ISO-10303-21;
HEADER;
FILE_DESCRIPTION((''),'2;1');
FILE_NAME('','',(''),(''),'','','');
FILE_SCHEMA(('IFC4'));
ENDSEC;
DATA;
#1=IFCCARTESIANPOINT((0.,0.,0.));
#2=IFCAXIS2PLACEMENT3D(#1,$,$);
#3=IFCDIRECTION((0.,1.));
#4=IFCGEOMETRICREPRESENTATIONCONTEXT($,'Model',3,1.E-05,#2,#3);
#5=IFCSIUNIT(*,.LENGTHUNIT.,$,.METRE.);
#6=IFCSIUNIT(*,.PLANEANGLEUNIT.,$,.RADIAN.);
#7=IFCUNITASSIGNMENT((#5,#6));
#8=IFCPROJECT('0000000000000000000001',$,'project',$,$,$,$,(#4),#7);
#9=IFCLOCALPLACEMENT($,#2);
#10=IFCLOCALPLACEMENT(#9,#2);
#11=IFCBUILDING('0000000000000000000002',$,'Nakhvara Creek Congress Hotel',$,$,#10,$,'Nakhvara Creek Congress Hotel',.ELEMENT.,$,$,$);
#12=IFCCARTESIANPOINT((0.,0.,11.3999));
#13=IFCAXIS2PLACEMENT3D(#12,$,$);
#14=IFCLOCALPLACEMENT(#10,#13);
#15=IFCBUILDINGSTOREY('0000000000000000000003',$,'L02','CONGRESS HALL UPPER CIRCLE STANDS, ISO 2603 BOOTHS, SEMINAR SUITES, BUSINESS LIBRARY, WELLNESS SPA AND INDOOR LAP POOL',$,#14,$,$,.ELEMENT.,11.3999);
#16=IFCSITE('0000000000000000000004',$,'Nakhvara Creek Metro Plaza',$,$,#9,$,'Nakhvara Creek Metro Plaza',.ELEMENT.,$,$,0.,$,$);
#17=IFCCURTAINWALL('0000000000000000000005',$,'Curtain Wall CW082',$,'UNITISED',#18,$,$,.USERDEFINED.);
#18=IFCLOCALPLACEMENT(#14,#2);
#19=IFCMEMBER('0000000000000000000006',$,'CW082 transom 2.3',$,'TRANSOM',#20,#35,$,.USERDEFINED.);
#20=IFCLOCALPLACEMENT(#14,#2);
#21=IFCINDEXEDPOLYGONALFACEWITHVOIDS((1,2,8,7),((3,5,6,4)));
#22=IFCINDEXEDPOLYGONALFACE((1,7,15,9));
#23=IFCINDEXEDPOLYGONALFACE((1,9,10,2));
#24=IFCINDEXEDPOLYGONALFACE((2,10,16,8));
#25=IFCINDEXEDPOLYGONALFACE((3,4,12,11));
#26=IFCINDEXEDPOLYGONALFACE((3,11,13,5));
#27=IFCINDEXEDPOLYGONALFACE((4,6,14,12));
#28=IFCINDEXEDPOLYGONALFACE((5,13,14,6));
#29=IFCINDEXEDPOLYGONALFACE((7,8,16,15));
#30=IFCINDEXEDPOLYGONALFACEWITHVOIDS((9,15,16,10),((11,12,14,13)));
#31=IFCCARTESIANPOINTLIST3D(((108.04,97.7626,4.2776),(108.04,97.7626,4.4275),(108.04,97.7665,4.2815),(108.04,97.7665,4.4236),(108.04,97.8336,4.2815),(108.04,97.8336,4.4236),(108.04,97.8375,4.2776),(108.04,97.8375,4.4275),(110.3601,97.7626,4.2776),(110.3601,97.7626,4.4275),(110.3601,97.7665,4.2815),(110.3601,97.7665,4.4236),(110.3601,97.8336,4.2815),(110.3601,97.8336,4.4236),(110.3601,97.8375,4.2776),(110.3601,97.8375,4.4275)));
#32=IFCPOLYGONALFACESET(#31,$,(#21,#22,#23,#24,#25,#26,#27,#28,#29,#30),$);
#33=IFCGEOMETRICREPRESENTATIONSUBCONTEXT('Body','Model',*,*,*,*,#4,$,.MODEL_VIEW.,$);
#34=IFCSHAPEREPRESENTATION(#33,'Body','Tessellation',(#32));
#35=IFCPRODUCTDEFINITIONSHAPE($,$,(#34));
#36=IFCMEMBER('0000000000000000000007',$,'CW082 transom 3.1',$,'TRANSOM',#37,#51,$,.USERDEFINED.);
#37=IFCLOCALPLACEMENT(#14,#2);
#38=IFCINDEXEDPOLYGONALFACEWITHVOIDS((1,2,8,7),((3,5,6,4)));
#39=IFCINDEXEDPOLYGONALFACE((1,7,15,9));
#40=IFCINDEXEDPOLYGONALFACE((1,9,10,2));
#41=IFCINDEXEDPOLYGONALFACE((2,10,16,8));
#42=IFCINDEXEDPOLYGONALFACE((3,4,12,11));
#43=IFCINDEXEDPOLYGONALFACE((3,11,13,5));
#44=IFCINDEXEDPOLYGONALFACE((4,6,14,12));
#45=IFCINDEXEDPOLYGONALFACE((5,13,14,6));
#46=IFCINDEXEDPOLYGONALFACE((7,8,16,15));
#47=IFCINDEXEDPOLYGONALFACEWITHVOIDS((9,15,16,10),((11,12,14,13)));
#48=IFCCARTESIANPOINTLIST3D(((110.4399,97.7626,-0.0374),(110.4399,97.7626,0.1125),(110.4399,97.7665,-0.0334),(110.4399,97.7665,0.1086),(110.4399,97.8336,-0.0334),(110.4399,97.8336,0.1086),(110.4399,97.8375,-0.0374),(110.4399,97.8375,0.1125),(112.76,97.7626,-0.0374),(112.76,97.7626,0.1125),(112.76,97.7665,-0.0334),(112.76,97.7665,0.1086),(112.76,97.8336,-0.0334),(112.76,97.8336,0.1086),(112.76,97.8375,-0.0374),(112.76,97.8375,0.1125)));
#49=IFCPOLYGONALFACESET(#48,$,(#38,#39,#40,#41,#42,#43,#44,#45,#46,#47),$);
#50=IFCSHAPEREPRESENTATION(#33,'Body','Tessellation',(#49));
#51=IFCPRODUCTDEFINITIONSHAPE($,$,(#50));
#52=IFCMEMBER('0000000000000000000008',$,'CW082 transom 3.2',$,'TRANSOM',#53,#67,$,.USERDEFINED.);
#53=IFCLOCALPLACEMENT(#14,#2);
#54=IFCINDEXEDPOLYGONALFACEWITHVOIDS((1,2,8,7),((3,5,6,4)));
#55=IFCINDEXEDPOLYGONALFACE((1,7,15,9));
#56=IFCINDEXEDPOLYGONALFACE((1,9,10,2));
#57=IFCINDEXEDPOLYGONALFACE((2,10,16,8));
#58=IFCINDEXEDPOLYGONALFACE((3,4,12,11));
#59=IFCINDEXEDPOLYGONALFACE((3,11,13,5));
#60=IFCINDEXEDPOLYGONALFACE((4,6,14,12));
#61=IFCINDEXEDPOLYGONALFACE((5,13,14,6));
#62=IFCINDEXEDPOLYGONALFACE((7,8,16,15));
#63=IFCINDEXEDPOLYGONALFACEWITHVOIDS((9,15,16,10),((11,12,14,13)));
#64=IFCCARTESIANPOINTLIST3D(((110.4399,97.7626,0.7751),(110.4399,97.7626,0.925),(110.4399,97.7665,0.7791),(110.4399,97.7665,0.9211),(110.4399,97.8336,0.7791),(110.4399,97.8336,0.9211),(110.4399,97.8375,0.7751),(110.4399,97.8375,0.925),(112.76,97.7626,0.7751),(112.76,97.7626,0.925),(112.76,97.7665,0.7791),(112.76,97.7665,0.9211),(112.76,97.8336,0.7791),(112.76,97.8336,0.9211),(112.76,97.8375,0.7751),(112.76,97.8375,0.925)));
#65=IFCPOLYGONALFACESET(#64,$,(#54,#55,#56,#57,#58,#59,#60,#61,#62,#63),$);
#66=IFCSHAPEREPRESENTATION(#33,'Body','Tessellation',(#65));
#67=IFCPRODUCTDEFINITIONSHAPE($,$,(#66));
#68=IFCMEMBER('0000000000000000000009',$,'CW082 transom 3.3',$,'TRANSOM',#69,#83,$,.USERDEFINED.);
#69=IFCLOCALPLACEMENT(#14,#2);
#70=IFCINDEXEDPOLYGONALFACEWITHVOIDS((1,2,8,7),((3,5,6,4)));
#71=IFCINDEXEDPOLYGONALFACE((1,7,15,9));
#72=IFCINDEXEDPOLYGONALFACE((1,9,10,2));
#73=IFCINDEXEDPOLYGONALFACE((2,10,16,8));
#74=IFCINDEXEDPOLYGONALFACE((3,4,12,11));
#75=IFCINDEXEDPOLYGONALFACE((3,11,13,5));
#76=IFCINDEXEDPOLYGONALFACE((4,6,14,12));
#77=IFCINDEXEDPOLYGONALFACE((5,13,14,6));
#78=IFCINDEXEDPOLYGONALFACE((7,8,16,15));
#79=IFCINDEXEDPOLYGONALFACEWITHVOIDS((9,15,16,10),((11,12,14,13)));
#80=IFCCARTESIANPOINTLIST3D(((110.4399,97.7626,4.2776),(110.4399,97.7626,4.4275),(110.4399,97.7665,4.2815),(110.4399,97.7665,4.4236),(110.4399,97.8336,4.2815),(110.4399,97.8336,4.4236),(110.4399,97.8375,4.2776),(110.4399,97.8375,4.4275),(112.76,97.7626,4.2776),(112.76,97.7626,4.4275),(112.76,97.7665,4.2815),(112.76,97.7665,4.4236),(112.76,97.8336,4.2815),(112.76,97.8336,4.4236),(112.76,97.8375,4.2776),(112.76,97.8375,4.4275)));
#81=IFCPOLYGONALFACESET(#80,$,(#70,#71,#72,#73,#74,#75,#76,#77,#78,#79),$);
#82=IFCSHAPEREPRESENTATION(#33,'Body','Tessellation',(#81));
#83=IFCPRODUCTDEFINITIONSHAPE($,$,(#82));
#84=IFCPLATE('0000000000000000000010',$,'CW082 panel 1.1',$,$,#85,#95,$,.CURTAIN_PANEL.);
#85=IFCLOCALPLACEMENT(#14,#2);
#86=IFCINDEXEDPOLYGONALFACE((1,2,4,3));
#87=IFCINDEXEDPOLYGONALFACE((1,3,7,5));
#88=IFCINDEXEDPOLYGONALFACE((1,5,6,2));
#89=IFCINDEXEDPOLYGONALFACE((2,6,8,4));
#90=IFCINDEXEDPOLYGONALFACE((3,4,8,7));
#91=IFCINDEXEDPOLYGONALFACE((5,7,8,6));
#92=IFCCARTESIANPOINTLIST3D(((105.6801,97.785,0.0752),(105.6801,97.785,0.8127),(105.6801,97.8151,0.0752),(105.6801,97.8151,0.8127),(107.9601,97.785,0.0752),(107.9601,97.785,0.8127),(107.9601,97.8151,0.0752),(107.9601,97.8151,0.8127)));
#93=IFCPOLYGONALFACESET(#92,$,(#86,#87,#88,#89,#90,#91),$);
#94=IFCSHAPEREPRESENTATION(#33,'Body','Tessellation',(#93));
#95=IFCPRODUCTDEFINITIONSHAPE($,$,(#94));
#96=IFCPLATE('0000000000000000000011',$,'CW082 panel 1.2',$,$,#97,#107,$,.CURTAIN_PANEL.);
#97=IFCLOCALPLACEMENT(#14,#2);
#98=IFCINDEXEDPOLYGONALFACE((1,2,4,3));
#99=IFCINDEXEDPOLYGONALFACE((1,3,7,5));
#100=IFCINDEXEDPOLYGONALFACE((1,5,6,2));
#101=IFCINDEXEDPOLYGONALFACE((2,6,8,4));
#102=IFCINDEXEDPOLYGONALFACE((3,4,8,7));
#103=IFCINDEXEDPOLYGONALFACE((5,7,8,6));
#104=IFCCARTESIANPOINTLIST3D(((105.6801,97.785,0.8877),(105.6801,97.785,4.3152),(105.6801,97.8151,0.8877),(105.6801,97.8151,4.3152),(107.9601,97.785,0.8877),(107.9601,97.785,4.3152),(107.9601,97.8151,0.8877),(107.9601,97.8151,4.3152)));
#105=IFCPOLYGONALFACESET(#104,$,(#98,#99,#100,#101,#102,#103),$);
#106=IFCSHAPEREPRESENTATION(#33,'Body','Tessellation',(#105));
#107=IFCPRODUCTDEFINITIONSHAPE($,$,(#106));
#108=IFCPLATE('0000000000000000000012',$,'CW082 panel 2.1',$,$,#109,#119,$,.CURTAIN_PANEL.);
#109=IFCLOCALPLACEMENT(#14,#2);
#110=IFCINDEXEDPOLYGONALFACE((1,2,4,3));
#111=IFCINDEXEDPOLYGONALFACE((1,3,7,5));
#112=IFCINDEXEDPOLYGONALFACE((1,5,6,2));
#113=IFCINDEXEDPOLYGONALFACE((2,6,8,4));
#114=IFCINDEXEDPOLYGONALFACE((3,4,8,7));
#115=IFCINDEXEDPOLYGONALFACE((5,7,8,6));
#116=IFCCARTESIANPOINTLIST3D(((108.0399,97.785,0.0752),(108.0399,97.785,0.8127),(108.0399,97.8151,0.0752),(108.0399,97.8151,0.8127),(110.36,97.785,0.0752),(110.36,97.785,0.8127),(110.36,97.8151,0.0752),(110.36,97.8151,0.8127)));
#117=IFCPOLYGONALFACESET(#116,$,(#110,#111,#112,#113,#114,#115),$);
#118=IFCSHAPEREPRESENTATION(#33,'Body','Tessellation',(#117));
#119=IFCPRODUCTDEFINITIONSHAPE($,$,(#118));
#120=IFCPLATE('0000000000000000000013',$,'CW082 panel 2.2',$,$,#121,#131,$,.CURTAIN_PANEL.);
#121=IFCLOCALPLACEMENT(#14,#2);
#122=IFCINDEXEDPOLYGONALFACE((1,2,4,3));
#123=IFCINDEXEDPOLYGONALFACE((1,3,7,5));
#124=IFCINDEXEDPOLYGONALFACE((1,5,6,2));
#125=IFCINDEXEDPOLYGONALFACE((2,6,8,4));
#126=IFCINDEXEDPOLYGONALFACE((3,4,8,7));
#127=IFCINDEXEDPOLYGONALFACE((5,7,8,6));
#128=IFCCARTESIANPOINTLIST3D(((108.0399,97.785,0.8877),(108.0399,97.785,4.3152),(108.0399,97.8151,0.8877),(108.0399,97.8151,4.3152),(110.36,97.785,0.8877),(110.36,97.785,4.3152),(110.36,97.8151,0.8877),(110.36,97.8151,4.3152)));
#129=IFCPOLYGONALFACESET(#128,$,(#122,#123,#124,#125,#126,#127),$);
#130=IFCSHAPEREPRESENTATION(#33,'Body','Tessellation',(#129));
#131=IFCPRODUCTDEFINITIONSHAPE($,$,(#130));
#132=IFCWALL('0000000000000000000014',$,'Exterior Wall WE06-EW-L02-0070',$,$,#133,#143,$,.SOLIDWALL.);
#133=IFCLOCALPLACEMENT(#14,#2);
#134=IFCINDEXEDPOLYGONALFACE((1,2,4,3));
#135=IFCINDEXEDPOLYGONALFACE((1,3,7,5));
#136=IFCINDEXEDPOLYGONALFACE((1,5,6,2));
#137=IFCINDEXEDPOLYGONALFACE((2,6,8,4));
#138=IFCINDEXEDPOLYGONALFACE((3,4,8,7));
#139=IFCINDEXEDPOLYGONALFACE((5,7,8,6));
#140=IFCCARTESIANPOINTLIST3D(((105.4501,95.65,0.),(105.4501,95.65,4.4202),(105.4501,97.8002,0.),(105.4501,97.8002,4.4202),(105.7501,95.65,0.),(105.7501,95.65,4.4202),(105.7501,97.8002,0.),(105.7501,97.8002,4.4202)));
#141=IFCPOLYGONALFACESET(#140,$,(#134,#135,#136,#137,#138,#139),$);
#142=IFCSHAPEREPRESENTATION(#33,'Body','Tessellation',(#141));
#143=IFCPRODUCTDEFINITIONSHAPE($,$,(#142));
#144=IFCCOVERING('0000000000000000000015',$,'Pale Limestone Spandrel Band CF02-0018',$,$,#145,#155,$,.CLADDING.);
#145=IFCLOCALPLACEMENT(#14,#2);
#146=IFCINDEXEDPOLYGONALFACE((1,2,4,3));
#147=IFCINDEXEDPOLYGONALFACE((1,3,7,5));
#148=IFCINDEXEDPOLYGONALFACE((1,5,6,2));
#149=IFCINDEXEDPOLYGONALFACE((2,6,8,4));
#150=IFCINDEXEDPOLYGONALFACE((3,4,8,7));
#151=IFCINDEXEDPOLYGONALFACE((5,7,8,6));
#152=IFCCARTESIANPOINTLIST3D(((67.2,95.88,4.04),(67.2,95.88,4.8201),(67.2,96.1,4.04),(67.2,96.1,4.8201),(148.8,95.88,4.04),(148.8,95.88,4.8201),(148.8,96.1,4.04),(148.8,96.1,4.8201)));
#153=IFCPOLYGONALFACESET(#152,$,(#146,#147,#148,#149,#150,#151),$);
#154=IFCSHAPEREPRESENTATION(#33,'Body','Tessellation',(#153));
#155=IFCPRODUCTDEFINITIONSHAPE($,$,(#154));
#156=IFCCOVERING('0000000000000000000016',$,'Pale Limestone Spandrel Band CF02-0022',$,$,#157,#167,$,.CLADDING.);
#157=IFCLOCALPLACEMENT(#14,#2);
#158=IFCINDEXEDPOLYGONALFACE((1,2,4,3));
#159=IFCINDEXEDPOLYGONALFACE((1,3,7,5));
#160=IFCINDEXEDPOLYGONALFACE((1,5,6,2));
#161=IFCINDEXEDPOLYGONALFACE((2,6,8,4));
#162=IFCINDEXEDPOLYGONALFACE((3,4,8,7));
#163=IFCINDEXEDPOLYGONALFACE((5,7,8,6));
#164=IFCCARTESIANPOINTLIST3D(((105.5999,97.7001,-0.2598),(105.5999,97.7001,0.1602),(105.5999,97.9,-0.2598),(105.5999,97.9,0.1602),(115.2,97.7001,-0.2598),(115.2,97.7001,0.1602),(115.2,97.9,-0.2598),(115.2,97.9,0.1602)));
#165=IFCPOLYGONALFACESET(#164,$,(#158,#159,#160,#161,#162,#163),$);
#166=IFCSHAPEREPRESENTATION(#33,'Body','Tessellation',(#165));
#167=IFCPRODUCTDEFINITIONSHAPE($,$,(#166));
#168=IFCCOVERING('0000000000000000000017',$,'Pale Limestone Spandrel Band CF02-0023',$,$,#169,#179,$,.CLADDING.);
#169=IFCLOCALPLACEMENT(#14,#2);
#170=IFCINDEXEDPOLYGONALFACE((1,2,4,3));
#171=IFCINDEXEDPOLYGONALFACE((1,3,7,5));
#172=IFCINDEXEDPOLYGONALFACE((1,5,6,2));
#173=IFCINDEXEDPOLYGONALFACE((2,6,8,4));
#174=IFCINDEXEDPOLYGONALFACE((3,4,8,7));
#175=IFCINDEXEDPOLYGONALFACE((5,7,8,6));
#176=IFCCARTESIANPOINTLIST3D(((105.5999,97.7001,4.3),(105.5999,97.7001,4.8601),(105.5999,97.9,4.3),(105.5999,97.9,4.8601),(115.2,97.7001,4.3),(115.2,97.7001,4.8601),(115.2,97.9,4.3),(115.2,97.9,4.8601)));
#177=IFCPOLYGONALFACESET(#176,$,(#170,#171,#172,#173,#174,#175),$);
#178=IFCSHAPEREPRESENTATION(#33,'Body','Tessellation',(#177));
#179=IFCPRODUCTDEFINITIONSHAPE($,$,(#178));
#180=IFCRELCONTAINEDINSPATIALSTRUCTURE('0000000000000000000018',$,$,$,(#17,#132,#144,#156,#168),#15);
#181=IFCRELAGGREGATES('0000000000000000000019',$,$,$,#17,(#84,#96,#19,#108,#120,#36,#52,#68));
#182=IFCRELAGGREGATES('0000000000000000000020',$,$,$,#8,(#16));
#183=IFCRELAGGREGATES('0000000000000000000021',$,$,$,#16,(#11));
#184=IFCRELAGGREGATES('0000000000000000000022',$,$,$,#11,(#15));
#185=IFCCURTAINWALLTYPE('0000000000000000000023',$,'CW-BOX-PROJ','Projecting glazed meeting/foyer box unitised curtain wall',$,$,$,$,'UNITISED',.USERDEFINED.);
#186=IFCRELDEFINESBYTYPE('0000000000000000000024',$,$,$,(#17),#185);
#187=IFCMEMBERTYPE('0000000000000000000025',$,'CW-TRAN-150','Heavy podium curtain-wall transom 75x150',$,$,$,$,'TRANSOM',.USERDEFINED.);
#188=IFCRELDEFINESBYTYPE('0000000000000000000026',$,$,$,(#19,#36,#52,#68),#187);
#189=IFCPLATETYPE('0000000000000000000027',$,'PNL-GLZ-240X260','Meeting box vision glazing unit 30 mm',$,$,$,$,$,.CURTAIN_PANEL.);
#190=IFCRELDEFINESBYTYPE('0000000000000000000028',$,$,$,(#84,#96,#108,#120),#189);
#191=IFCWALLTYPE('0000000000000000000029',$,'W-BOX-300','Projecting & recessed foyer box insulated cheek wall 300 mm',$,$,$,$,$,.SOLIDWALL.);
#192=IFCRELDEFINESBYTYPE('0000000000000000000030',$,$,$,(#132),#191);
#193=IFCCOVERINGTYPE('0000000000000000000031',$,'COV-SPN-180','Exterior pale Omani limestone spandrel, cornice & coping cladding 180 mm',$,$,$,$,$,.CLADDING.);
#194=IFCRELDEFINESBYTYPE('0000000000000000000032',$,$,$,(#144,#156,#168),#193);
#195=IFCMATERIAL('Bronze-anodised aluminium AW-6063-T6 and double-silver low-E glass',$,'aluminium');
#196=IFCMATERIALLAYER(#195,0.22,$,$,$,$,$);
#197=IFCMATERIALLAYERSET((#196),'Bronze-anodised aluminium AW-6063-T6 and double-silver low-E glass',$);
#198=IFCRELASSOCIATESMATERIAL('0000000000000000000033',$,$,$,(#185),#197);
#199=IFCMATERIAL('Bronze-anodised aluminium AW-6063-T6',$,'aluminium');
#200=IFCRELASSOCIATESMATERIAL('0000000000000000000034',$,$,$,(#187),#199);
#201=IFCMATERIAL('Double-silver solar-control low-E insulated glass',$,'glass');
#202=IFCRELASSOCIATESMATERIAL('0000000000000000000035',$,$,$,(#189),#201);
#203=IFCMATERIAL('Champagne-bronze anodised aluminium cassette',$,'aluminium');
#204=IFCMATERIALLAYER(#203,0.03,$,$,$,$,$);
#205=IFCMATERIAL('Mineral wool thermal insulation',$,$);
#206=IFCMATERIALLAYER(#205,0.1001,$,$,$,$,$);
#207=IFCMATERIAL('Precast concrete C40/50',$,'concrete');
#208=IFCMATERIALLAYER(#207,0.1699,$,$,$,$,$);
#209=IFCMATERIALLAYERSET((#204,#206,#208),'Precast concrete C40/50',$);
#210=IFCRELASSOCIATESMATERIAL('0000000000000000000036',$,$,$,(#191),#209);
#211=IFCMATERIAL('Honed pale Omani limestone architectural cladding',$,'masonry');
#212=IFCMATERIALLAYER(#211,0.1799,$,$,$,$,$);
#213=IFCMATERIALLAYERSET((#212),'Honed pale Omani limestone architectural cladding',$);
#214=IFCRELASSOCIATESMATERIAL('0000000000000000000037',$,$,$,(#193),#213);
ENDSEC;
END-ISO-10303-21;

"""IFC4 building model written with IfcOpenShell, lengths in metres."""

from ifc_helpers import new_model, si_unit, direction, frame, frame_2d, origin, origin_2d, place, context, subcontext, project, spatial, rectangle, hollow_rectangle, extrude, material, layer, layer_set, material_profile, profile_set, type_object, element, aggregate, save


model = new_model("IFC4")

# Units and contexts
model_context = context("Model", 3, precision=1e-05, world=origin(), true_north=direction((0.0, 1.0)))
body_context = subcontext(model_context, "Body", "Model", "MODEL_VIEW")
ifc_project = project(units=[si_unit("LENGTHUNIT", "METRE"), si_unit("PLANEANGLEUNIT", "RADIAN")], contexts=[model_context])

# Site, building, storey
site_placement = place(None, origin())
site = spatial("IfcSite", under=ifc_project, at=site_placement, Name="Nakhvara Creek Metro Plaza", LongName="Nakhvara Creek Metro Plaza", CompositionType="ELEMENT", RefElevation=0.0)
building_placement = place(site_placement, origin())
building = spatial("IfcBuilding", under=site, at=building_placement, Name="Nakhvara Creek Congress Hotel", LongName="Nakhvara Creek Congress Hotel", CompositionType="ELEMENT")
storey_placement = place(building_placement, frame((0.0, 0.0, 11.3999)))
storey = spatial("IfcBuildingStorey", under=building, at=storey_placement, Name="L02", Description="CONGRESS HALL UPPER CIRCLE STANDS, ISO 2603 BOOTHS, SEMINAR SUITES, BUSINESS LIBRARY, WELLNESS SPA AND INDOOR LAP POOL", CompositionType="ELEMENT", Elevation=11.3999)

# Shared definitions
ifc_material_1 = material(Name="Bronze-anodised aluminium AW-6063-T6 and double-silver low-E glass", Category="aluminium")
ifc_material_2 = material(Name="Bronze-anodised aluminium AW-6063-T6", Category="aluminium")

# Curtain wall, members, plates
ifc_layer_1 = layer(ifc_material_1, 0.22)
ifc_layer_set_1 = layer_set([ifc_layer_1], Name="Bronze-anodised aluminium AW-6063-T6 and double-silver low-E glass")
curtain_wall_type_1 = type_object("IfcCurtainWallType", Name="CW-BOX-PROJ", Description="Projecting glazed meeting/foyer box unitised curtain wall", ElementType="UNITISED", PredefinedType="USERDEFINED", material=ifc_layer_set_1)
curtain_wall_1_placement = place(storey_placement, origin())
curtain_wall_1 = element("IfcCurtainWall", 1, at=curtain_wall_1_placement, inside=storey, type_object=curtain_wall_type_1, Name="Curtain Wall CW082", ObjectType="UNITISED", PredefinedType="USERDEFINED")
ifc_material_profile_1 = material_profile(ifc_material_2, hollow_rectangle(XDim=0.075, YDim=0.1499, WallThickness=0.0039, at=origin_2d()), Name="ALU-TRAN 75x150x4", Category="LoadBearing")
ifc_profile_set_1 = profile_set([ifc_material_profile_1], Name="Bronze-anodised aluminium AW-6063-T6")
member_type_1 = type_object("IfcMemberType", Name="CW-TRAN-150", Description="Heavy podium curtain-wall transom 75x150", ElementType="TRANSOM", PredefinedType="USERDEFINED", material=ifc_profile_set_1)
member_1_placement = place(storey_placement, frame((108.04, 97.8, 4.3525), z_axis=(1.0, 0.0, 0.0), x_axis=(0.0, 1.0, 0.0)))
member_1 = element("IfcMember", 2, at=member_1_placement, type_object=member_type_1, Name="CW082 transom 2.3", ObjectType="TRANSOM", PredefinedType="USERDEFINED", context=body_context, shape_type="SweptSolid", body=[
    extrude(hollow_rectangle(XDim=0.075, YDim=0.1499, WallThickness=0.0039, at=origin_2d()), origin(), (0.0, 0.0, 1.0), 2.3201),
])
member_2_placement = place(storey_placement, frame((110.4399, 97.8, 0.0376), z_axis=(1.0, 0.0, 0.0), x_axis=(0.0, 1.0, 0.0)))
member_2 = element("IfcMember", 3, at=member_2_placement, type_object=member_type_1, Name="CW082 transom 3.1", ObjectType="TRANSOM", PredefinedType="USERDEFINED", context=body_context, shape_type="SweptSolid", body=[
    extrude(hollow_rectangle(XDim=0.075, YDim=0.1499, WallThickness=0.0039, at=origin_2d()), origin(), (0.0, 0.0, 1.0), 2.3201),
])
member_3_placement = place(storey_placement, frame((110.4399, 97.8, 0.8501), z_axis=(1.0, 0.0, 0.0), x_axis=(0.0, 1.0, 0.0)))
member_3 = element("IfcMember", 4, at=member_3_placement, type_object=member_type_1, Name="CW082 transom 3.2", ObjectType="TRANSOM", PredefinedType="USERDEFINED", context=body_context, shape_type="SweptSolid", body=[
    extrude(hollow_rectangle(XDim=0.075, YDim=0.1499, WallThickness=0.0039, at=origin_2d()), origin(), (0.0, 0.0, 1.0), 2.3201),
])
member_4_placement = place(storey_placement, frame((110.4399, 97.8, 4.3525), z_axis=(1.0, 0.0, 0.0), x_axis=(0.0, 1.0, 0.0)))
member_4 = element("IfcMember", 5, at=member_4_placement, type_object=member_type_1, Name="CW082 transom 3.3", ObjectType="TRANSOM", PredefinedType="USERDEFINED", context=body_context, shape_type="SweptSolid", body=[
    extrude(hollow_rectangle(XDim=0.075, YDim=0.1499, WallThickness=0.0039, at=origin_2d()), origin(), (0.0, 0.0, 1.0), 2.3201),
])
ifc_material_3 = material(Name="Double-silver solar-control low-E insulated glass", Category="glass")
plate_type = type_object("IfcPlateType", Name="PNL-GLZ-240X260", Description="Meeting box vision glazing unit 30 mm", PredefinedType="CURTAIN_PANEL", material=ifc_material_3)
plate_1_placement = place(storey_placement, frame((106.8201, 97.8, 0.0752), z_axis=(0.0, 0.0, 1.0), x_axis=(1.0, 0.0, 0.0)))
plate_1 = element("IfcPlate", 6, at=plate_1_placement, type_object=plate_type, Name="CW082 panel 1.1", PredefinedType="CURTAIN_PANEL", context=body_context, shape_type="SweptSolid", body=[
    extrude(rectangle(XDim=2.28, YDim=0.03, at=origin_2d()), origin(), (0.0, 0.0, 1.0), 0.7375),
])
plate_2_placement = place(storey_placement, frame((106.8201, 97.8, 0.8877), z_axis=(0.0, 0.0, 1.0), x_axis=(1.0, 0.0, 0.0)))
plate_2 = element("IfcPlate", 7, at=plate_2_placement, type_object=plate_type, Name="CW082 panel 1.2", PredefinedType="CURTAIN_PANEL", context=body_context, shape_type="SweptSolid", body=[
    extrude(rectangle(XDim=2.28, YDim=0.03, at=origin_2d()), origin(), (0.0, 0.0, 1.0), 3.4275),
])
plate_3_placement = place(storey_placement, frame((109.2, 97.8, 0.0752), z_axis=(0.0, 0.0, 1.0), x_axis=(1.0, 0.0, 0.0)))
plate_3 = element("IfcPlate", 8, at=plate_3_placement, type_object=plate_type, Name="CW082 panel 2.1", PredefinedType="CURTAIN_PANEL", context=body_context, shape_type="SweptSolid", body=[
    extrude(rectangle(XDim=2.3201, YDim=0.03, at=origin_2d()), origin(), (0.0, 0.0, 1.0), 0.7375),
])
plate_4_placement = place(storey_placement, frame((109.2, 97.8, 0.8877), z_axis=(0.0, 0.0, 1.0), x_axis=(1.0, 0.0, 0.0)))
plate_4 = element("IfcPlate", 9, at=plate_4_placement, type_object=plate_type, Name="CW082 panel 2.2", PredefinedType="CURTAIN_PANEL", context=body_context, shape_type="SweptSolid", body=[
    extrude(rectangle(XDim=2.3201, YDim=0.03, at=origin_2d()), origin(), (0.0, 0.0, 1.0), 3.4275),
])
aggregate(curtain_wall_1, [plate_1, plate_2, member_1, plate_3, plate_4, member_2, member_3, member_4])

# Wall
ifc_material_4 = material(Name="Champagne-bronze anodised aluminium cassette", Category="aluminium")
ifc_layer_2 = layer(ifc_material_4, 0.03)
ifc_material_5 = material(Name="Mineral wool thermal insulation")
ifc_layer_3 = layer(ifc_material_5, 0.1001)
ifc_material_6 = material(Name="Precast concrete C40/50", Category="concrete")
ifc_layer_4 = layer(ifc_material_6, 0.1699)
ifc_layer_set_2 = layer_set([ifc_layer_2, ifc_layer_3, ifc_layer_4], Name="Precast concrete C40/50")
wall_type = type_object("IfcWallType", Name="W-BOX-300", Description="Projecting & recessed foyer box insulated cheek wall 300 mm", PredefinedType="SOLIDWALL", material=ifc_layer_set_2)
wall_placement = place(storey_placement, frame((105.6001, 95.6499, 0.0), z_axis=(0.0, 0.0, 1.0), x_axis=(0.0, 1.0, 0.0)))
element("IfcWall", 10, at=wall_placement, inside=storey, type_object=wall_type, Name="Exterior Wall WE06-EW-L02-0070", PredefinedType="SOLIDWALL", context=body_context, shape_type="SweptSolid", body=[
    extrude(rectangle(XDim=2.1501, YDim=0.3, at=frame_2d((1.0752, 0.0))), origin(), (0.0, 0.0, 1.0), 4.4202),
])

# Coverings
ifc_material_7 = material(Name="Honed pale Omani limestone architectural cladding", Category="masonry")
ifc_layer_5 = layer(ifc_material_7, 0.1799)
ifc_layer_set_3 = layer_set([ifc_layer_5], Name="Honed pale Omani limestone architectural cladding")
covering_type = type_object("IfcCoveringType", Name="COV-SPN-180", Description="Exterior pale Omani limestone spandrel, cornice & coping cladding 180 mm", PredefinedType="CLADDING", material=ifc_layer_set_3)
covering_1_placement = place(storey_placement, frame((108.0, 95.99, 4.04), z_axis=(0.0, 0.0, 1.0), x_axis=(1.0, 0.0, 0.0)))
element("IfcCovering", 11, at=covering_1_placement, inside=storey, type_object=covering_type, Name="Pale Limestone Spandrel Band CF02-0018", PredefinedType="CLADDING", context=body_context, shape_type="SweptSolid", body=[
    extrude(rectangle(XDim=81.6001, YDim=0.22, at=origin_2d()), origin(), (0.0, 0.0, 1.0), 0.78),
])
covering_2_placement = place(storey_placement, frame((110.3999, 97.8, -0.2598), z_axis=(0.0, 0.0, 1.0), x_axis=(1.0, 0.0, 0.0)))
element("IfcCovering", 12, at=covering_2_placement, inside=storey, type_object=covering_type, Name="Pale Limestone Spandrel Band CF02-0022", PredefinedType="CLADDING", context=body_context, shape_type="SweptSolid", body=[
    extrude(rectangle(XDim=9.6001, YDim=0.2, at=origin_2d()), origin(), (0.0, 0.0, 1.0), 0.4199),
])
covering_3_placement = place(storey_placement, frame((110.3999, 97.8, 4.3), z_axis=(0.0, 0.0, 1.0), x_axis=(1.0, 0.0, 0.0)))
element("IfcCovering", 13, at=covering_3_placement, inside=storey, type_object=covering_type, Name="Pale Limestone Spandrel Band CF02-0023", PredefinedType="CLADDING", context=body_context, shape_type="SweptSolid", body=[
    extrude(rectangle(XDim=9.6001, YDim=0.2, at=origin_2d()), origin(), (0.0, 0.0, 1.0), 0.5601),
])

save(model, "model.ifc")
